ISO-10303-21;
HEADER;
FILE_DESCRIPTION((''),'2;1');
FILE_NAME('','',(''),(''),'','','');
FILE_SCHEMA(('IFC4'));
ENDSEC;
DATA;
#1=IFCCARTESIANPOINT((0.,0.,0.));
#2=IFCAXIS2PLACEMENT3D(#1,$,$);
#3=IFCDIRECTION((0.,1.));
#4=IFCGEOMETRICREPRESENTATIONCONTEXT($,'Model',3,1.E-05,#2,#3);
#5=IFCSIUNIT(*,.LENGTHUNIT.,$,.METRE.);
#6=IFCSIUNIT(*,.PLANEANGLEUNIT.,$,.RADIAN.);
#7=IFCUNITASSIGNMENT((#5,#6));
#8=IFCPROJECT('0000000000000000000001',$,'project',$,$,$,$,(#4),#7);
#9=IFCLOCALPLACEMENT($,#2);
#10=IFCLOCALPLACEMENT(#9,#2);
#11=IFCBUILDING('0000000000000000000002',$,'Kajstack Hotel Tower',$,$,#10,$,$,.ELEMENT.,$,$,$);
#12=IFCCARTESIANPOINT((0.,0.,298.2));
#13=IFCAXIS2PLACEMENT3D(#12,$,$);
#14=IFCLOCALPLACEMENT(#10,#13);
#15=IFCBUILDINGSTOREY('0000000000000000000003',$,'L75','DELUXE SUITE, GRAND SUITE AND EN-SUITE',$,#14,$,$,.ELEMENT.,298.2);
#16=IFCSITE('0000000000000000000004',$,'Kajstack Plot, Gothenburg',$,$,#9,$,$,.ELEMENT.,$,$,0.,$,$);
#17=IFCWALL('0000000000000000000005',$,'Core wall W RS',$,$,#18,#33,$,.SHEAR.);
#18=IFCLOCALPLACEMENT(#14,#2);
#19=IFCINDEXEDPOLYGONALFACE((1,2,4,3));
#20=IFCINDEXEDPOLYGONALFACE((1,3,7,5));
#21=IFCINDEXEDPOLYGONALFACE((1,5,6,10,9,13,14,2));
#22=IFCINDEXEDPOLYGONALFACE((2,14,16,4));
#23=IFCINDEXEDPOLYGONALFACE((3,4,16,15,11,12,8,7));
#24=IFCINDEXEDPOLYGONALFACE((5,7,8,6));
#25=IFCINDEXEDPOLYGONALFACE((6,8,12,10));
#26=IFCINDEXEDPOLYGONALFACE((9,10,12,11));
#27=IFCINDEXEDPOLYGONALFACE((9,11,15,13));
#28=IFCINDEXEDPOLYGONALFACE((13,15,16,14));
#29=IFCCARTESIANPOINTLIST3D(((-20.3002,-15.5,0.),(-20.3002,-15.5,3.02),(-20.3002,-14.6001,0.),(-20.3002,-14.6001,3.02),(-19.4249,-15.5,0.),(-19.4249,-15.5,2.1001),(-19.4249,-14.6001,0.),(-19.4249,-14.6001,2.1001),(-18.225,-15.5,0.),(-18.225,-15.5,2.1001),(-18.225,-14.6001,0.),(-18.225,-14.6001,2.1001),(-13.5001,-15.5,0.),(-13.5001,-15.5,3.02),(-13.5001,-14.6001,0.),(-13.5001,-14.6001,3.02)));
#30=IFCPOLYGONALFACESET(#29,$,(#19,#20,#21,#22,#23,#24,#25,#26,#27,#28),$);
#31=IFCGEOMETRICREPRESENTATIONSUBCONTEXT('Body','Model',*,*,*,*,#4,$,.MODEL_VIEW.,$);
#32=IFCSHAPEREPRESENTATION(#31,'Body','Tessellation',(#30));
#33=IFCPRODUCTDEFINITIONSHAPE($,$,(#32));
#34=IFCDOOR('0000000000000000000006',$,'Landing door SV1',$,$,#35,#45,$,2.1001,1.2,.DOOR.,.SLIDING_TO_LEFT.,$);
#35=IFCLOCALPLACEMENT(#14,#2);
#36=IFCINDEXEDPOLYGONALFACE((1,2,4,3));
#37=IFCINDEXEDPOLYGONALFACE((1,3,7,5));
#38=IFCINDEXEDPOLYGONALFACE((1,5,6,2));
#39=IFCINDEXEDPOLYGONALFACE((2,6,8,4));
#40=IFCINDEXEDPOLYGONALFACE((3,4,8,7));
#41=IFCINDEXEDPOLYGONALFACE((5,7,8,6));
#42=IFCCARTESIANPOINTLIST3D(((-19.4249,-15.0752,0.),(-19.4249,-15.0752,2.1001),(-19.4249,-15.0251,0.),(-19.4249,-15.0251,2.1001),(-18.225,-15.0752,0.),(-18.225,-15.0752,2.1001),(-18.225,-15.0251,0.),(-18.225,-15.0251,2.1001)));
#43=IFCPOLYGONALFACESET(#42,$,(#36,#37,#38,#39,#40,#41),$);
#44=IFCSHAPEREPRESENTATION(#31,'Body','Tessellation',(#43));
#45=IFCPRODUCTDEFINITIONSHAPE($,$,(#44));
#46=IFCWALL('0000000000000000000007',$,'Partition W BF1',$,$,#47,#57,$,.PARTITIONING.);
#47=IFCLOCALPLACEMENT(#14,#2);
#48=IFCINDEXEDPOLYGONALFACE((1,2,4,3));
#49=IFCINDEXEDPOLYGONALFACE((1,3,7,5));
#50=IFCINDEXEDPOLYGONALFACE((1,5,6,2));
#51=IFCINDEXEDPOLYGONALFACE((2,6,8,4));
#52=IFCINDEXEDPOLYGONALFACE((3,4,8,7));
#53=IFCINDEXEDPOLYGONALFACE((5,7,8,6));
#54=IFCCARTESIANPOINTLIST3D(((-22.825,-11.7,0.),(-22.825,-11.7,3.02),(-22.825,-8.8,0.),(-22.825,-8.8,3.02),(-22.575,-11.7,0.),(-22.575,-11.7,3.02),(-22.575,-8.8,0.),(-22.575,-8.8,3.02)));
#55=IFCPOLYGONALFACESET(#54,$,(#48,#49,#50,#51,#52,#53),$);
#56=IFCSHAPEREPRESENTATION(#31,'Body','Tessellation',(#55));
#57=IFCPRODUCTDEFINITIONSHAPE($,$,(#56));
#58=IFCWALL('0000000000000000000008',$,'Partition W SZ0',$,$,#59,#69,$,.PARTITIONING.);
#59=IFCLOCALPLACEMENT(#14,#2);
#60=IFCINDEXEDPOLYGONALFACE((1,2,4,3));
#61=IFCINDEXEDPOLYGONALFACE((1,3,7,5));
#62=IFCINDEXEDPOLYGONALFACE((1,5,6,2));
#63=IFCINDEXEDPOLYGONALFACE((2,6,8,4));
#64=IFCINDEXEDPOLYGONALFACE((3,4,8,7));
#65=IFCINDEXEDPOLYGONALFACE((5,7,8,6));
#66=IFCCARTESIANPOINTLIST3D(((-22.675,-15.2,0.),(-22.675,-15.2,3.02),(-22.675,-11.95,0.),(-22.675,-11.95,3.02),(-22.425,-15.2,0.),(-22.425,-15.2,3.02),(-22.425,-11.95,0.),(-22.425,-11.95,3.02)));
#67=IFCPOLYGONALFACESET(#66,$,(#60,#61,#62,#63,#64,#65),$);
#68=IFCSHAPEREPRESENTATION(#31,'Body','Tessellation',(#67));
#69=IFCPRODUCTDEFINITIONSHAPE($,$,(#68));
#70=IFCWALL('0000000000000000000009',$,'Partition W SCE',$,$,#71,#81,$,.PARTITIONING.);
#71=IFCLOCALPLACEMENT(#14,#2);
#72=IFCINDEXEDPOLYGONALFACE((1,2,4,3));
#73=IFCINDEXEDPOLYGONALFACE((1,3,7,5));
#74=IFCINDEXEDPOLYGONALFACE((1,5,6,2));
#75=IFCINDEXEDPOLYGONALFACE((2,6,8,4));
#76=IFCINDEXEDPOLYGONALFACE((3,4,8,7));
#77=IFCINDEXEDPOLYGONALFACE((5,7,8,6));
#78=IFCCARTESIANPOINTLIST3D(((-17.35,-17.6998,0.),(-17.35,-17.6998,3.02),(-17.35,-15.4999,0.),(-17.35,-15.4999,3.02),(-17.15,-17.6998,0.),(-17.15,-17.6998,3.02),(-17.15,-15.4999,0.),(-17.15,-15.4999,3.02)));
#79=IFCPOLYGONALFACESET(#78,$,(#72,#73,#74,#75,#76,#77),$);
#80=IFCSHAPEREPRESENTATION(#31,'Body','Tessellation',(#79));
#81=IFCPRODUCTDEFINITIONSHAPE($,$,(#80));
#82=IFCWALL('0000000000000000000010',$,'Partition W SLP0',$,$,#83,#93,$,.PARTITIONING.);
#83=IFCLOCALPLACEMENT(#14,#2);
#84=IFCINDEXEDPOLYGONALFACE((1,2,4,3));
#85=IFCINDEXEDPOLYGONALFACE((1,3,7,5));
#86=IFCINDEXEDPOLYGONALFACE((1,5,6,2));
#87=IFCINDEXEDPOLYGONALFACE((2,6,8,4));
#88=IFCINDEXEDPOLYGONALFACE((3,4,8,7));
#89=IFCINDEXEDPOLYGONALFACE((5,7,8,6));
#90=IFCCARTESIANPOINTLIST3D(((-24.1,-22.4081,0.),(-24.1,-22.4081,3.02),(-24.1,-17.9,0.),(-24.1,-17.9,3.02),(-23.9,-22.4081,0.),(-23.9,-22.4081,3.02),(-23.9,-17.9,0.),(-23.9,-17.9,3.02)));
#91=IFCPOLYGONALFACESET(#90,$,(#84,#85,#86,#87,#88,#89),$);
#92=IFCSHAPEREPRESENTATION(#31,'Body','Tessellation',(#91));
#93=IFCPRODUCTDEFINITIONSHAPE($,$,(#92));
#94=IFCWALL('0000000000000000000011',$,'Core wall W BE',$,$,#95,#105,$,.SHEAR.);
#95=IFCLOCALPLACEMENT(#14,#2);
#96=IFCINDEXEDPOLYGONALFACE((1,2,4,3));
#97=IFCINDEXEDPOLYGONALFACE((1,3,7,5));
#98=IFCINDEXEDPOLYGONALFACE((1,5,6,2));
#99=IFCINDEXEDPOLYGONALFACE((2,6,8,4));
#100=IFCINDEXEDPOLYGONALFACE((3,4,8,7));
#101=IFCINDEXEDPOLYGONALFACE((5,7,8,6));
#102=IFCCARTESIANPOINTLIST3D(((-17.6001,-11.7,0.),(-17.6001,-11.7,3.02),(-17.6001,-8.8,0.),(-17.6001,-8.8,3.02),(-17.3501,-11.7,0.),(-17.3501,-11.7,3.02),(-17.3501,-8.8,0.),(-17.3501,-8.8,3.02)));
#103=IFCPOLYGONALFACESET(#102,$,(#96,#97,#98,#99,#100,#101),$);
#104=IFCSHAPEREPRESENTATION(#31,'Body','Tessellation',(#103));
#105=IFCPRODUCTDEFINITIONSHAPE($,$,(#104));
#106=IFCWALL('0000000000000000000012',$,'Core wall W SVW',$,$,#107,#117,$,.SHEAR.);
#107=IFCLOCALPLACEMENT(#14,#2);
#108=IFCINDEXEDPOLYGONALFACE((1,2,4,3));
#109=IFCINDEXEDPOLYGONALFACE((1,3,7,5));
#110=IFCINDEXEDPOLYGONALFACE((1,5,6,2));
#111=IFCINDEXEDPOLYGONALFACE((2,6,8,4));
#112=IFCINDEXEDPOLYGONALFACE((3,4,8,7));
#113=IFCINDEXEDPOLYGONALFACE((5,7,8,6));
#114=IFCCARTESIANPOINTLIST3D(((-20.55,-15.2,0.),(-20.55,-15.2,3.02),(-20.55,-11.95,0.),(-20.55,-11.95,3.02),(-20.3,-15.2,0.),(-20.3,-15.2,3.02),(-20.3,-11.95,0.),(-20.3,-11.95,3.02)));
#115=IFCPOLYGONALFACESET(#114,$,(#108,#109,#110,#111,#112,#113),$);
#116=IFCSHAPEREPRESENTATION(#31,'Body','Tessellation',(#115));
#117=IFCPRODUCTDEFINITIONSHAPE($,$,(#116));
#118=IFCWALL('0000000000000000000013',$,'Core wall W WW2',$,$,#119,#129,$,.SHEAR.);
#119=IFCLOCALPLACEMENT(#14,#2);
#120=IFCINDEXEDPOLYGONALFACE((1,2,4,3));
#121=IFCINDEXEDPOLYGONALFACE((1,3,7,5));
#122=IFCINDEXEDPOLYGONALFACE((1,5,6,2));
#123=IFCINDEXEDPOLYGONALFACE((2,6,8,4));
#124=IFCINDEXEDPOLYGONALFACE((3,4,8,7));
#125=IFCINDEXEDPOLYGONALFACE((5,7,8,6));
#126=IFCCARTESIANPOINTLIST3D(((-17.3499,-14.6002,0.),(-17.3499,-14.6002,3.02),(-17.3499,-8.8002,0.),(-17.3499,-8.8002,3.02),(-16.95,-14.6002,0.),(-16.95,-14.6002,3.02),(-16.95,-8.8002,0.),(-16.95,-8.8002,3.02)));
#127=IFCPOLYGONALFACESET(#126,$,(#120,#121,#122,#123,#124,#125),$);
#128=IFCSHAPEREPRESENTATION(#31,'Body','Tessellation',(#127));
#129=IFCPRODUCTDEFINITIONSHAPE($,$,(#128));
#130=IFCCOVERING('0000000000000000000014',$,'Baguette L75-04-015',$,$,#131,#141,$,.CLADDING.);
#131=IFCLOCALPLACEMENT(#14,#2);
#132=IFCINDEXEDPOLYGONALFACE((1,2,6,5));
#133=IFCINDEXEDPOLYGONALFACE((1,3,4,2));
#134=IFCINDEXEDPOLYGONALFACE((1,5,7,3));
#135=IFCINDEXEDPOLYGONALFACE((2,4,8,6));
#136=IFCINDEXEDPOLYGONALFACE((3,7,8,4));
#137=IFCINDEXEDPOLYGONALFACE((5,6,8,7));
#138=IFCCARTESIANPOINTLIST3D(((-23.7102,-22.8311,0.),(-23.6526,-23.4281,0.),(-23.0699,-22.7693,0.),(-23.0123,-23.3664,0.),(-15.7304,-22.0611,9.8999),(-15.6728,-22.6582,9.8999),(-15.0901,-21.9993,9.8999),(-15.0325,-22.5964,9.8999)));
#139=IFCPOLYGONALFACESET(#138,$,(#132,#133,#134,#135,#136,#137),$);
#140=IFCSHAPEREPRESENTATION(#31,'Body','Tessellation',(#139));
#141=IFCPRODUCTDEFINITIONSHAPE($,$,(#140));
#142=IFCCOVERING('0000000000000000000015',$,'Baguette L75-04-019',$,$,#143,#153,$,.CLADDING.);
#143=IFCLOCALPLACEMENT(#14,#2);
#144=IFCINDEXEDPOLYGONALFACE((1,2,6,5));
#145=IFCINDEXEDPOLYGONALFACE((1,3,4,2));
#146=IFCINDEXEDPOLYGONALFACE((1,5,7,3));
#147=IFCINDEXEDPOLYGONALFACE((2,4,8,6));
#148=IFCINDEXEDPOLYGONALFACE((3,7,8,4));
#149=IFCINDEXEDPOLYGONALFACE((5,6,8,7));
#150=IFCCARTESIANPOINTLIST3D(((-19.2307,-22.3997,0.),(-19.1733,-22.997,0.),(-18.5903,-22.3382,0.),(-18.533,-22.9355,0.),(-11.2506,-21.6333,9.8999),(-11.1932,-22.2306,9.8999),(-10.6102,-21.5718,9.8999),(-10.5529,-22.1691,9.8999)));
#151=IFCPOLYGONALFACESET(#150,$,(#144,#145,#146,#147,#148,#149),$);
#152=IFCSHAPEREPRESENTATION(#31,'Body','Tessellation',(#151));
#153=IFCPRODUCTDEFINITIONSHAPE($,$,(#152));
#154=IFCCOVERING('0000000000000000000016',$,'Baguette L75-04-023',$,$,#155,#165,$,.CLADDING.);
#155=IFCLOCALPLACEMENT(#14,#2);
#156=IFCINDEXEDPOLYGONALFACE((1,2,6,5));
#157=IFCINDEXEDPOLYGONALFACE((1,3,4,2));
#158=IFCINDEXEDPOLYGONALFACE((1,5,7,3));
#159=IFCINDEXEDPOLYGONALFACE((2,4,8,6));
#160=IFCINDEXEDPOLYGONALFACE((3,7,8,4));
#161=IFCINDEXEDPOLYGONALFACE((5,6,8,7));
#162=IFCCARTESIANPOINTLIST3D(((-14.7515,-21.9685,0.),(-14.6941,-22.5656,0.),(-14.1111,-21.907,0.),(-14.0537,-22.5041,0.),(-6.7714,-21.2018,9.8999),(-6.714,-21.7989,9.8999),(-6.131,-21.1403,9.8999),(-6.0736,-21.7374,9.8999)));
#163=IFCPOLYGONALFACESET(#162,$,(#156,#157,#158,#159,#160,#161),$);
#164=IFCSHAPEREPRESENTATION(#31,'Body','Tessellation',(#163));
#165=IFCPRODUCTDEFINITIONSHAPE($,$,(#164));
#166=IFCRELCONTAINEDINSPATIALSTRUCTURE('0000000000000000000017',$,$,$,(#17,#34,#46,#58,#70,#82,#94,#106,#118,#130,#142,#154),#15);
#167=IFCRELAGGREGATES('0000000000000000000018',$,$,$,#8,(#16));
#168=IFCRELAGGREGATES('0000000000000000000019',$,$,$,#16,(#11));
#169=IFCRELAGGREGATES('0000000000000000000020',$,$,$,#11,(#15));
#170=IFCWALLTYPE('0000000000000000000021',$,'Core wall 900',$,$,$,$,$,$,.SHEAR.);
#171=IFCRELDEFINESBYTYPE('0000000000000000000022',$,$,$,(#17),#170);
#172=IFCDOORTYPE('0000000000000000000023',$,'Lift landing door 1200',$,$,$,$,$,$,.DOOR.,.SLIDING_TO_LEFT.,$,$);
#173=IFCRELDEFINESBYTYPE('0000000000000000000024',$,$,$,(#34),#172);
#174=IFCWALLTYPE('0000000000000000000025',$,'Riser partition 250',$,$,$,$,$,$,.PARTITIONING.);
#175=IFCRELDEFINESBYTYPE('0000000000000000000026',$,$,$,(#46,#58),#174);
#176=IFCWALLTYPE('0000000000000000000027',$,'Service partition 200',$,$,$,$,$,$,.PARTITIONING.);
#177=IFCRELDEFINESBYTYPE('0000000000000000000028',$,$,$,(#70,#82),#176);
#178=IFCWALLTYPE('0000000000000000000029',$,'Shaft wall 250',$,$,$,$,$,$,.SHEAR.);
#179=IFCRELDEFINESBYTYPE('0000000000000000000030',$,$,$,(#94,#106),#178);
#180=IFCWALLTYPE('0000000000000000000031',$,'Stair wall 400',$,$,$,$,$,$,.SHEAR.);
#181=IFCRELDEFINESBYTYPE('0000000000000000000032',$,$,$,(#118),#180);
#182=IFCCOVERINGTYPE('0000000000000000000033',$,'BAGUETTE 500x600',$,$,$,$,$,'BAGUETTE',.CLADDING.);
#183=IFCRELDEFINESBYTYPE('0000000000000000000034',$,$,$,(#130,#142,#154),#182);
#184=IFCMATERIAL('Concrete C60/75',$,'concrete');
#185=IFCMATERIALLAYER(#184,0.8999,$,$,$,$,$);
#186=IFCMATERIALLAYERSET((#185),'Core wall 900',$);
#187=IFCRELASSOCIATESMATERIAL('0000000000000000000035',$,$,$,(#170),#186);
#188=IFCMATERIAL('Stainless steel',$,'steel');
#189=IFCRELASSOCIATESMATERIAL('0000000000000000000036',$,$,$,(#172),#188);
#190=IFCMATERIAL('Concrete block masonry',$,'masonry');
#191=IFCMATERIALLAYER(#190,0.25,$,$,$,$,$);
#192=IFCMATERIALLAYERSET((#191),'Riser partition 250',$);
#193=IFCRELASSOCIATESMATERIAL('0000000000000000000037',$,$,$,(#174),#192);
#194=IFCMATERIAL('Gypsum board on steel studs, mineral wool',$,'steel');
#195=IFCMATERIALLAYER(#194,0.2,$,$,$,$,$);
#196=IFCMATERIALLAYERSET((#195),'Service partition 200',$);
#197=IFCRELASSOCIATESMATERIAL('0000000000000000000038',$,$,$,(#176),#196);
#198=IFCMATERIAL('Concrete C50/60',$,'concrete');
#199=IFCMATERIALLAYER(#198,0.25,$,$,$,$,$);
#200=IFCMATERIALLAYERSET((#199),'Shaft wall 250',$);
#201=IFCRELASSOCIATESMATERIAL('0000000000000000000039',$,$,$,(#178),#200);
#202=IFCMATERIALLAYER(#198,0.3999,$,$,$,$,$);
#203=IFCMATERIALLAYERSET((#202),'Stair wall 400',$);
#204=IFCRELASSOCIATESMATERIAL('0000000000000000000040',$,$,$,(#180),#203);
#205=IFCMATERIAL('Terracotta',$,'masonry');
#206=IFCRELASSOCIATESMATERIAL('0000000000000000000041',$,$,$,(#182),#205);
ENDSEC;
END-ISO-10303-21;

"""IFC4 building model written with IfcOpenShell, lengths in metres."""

from ifc_helpers import new_model, si_unit, direction, frame, frame_2d, origin, origin_2d, place, context, subcontext, project, spatial, polyline, rectangle, outline, extrude, material, layer, layer_set, material_profile, profile_set, type_object, element, fill, save


model = new_model("IFC4")

# Units and contexts
model_context = context("Model", 3, precision=1e-05, world=origin(), true_north=direction((0.0, 1.0)))
body_context = subcontext(model_context, "Body", "Model", "MODEL_VIEW")
ifc_project = project(units=[si_unit("LENGTHUNIT", "METRE"), si_unit("PLANEANGLEUNIT", "RADIAN")], contexts=[model_context])

# Site, building, storey
site_placement = place(None, origin())
site = spatial("IfcSite", under=ifc_project, at=site_placement, Name="Kajstack Plot, Gothenburg", CompositionType="ELEMENT", RefElevation=0.0)
building_placement = place(site_placement, origin())
building = spatial("IfcBuilding", under=site, at=building_placement, Name="Kajstack Hotel Tower", CompositionType="ELEMENT")
storey_placement = place(building_placement, frame((0.0, 0.0, 298.2)))
storey = spatial("IfcBuildingStorey", under=building, at=storey_placement, Name="L75", Description="DELUXE SUITE, GRAND SUITE AND EN-SUITE", CompositionType="ELEMENT", Elevation=298.2)

# Wall, opening, door
ifc_material_1 = material(Name="Concrete C60/75", Category="concrete")
ifc_layer_1 = layer(ifc_material_1, 0.8999)
ifc_layer_set_1 = layer_set([ifc_layer_1], Name="Core wall 900")
wall_type_1 = type_object("IfcWallType", Name="Core wall 900", PredefinedType="SHEAR", material=ifc_layer_set_1)
wall_1_placement = place(storey_placement, frame((-20.3, -15.05, 0.0), z_axis=(0.0, 0.0, 1.0), x_axis=(1.0, 0.0, 0.0)))
wall_1 = element("IfcWall", 1, at=wall_1_placement, inside=storey, type_object=wall_type_1, Name="Core wall W RS", PredefinedType="SHEAR", context=body_context, shape_type="SweptSolid", body=[
    extrude(rectangle(XDim=6.8, YDim=0.8999, at=frame_2d((3.3999, 0.0))), origin(), (0.0, 0.0, 1.0), 3.02),
])
opening_placement = place(wall_1_placement, frame((0.875, 0.0, 0.0)))
opening = element("IfcOpeningElement", 2, at=opening_placement, cuts=wall_1, PredefinedType="OPENING", context=body_context, shape_type="SweptSolid", body=[
    extrude(rectangle(XDim=1.2, YDim=2.1001, at=frame_2d((0.6001, 1.05))), frame((0.0, 0.46, 0.0), z_axis=(0.0, -1.0, 0.0), x_axis=(1.0, 0.0, 0.0)), (0.0, 0.0, 1.0), 0.9199),
])
ifc_material_2 = material(Name="Stainless steel", Category="steel")
door_type = type_object("IfcDoorType", Name="Lift landing door 1200", OperationType="SLIDING_TO_LEFT", PredefinedType="DOOR", material=ifc_material_2)
door_placement = place(opening_placement, origin())
door = element("IfcDoor", 3, at=door_placement, inside=storey, type_object=door_type, Name="Landing door SV1", OperationType="SLIDING_TO_LEFT", OverallHeight=2.1001, OverallWidth=1.2, PredefinedType="DOOR", context=body_context, shape_type="SweptSolid", body=[
    extrude(rectangle(XDim=1.2, YDim=2.1001, at=frame_2d((0.6001, 1.05))), frame((0.0, 0.0249, 0.0), z_axis=(0.0, -1.0, 0.0), x_axis=(1.0, 0.0, 0.0)), (0.0, 0.0, 1.0), 0.05),
])
fill(opening, door)

# Walls
ifc_material_3 = material(Name="Concrete block masonry", Category="masonry")
ifc_layer_2 = layer(ifc_material_3, 0.25)
ifc_layer_set_2 = layer_set([ifc_layer_2], Name="Riser partition 250")
wall_type_2 = type_object("IfcWallType", Name="Riser partition 250", PredefinedType="PARTITIONING", material=ifc_layer_set_2)
wall_2_placement = place(storey_placement, frame((-22.7, -11.7, 0.0), z_axis=(0.0, 0.0, 1.0), x_axis=(0.0, 1.0, 0.0)))
element("IfcWall", 4, at=wall_2_placement, inside=storey, type_object=wall_type_2, Name="Partition W BF1", PredefinedType="PARTITIONING", context=body_context, shape_type="SweptSolid", body=[
    extrude(rectangle(XDim=2.8999, YDim=0.25, at=frame_2d((1.45, 0.0))), origin(), (0.0, 0.0, 1.0), 3.02),
])
wall_3_placement = place(storey_placement, frame((-22.55, -15.2, 0.0), z_axis=(0.0, 0.0, 1.0), x_axis=(0.0, 1.0, 0.0)))
element("IfcWall", 5, at=wall_3_placement, inside=storey, type_object=wall_type_2, Name="Partition W SZ0", PredefinedType="PARTITIONING", context=body_context, shape_type="SweptSolid", body=[
    extrude(rectangle(XDim=3.25, YDim=0.25, at=frame_2d((1.625, 0.0))), origin(), (0.0, 0.0, 1.0), 3.02),
])
ifc_material_4 = material(Name="Gypsum board on steel studs, mineral wool", Category="steel")
ifc_layer_3 = layer(ifc_material_4, 0.2)
ifc_layer_set_3 = layer_set([ifc_layer_3], Name="Service partition 200")
wall_type_3 = type_object("IfcWallType", Name="Service partition 200", PredefinedType="PARTITIONING", material=ifc_layer_set_3)
wall_4_placement = place(storey_placement, frame((-17.25, -17.7, 0.0), z_axis=(0.0, 0.0, 1.0), x_axis=(0.0, 1.0, 0.0)))
element("IfcWall", 6, at=wall_4_placement, inside=storey, type_object=wall_type_3, Name="Partition W SCE", PredefinedType="PARTITIONING", context=body_context, shape_type="SweptSolid", body=[
    extrude(rectangle(XDim=2.2, YDim=0.2, at=frame_2d((1.1001, 0.0))), origin(), (0.0, 0.0, 1.0), 3.02),
])
wall_5_placement = place(storey_placement, frame((-24.0, -22.408, 0.0), z_axis=(0.0, 0.0, 1.0), x_axis=(0.0, 1.0, 0.0)))
element("IfcWall", 7, at=wall_5_placement, inside=storey, type_object=wall_type_3, Name="Partition W SLP0", PredefinedType="PARTITIONING", context=body_context, shape_type="SweptSolid", body=[
    extrude(rectangle(XDim=4.5081, YDim=0.2, at=frame_2d((2.2539, 0.0))), origin(), (0.0, 0.0, 1.0), 3.02),
])
ifc_material_5 = material(Name="Concrete C50/60", Category="concrete")
ifc_layer_4 = layer(ifc_material_5, 0.25)
ifc_layer_set_4 = layer_set([ifc_layer_4], Name="Shaft wall 250")
wall_type_4 = type_object("IfcWallType", Name="Shaft wall 250", PredefinedType="SHEAR", material=ifc_layer_set_4)
wall_6_placement = place(storey_placement, frame((-17.4751, -11.7, 0.0), z_axis=(0.0, 0.0, 1.0), x_axis=(0.0, 1.0, 0.0)))
element("IfcWall", 8, at=wall_6_placement, inside=storey, type_object=wall_type_4, Name="Core wall W BE", PredefinedType="SHEAR", context=body_context, shape_type="SweptSolid", body=[
    extrude(rectangle(XDim=2.8999, YDim=0.25, at=frame_2d((1.45, 0.0))), origin(), (0.0, 0.0, 1.0), 3.02),
])
wall_7_placement = place(storey_placement, frame((-20.425, -15.2, 0.0), z_axis=(0.0, 0.0, 1.0), x_axis=(0.0, 1.0, 0.0)))
element("IfcWall", 9, at=wall_7_placement, inside=storey, type_object=wall_type_4, Name="Core wall W SVW", PredefinedType="SHEAR", context=body_context, shape_type="SweptSolid", body=[
    extrude(rectangle(XDim=3.25, YDim=0.25, at=frame_2d((1.625, 0.0))), origin(), (0.0, 0.0, 1.0), 3.02),
])
ifc_layer_5 = layer(ifc_material_5, 0.3999)
ifc_layer_set_5 = layer_set([ifc_layer_5], Name="Stair wall 400")
wall_type_5 = type_object("IfcWallType", Name="Stair wall 400", PredefinedType="SHEAR", material=ifc_layer_set_5)
wall_8_placement = place(storey_placement, frame((-17.1499, -14.6001, 0.0), z_axis=(0.0, 0.0, 1.0), x_axis=(0.0, 1.0, 0.0)))
element("IfcWall", 10, at=wall_8_placement, inside=storey, type_object=wall_type_5, Name="Core wall W WW2", PredefinedType="SHEAR", context=body_context, shape_type="SweptSolid", body=[
    extrude(rectangle(XDim=5.8, YDim=0.3999, at=frame_2d((2.8999, 0.0))), origin(), (0.0, 0.0, 1.0), 3.02),
])

# Coverings
ifc_material_6 = material(Name="Terracotta", Category="masonry")
ifc_material_profile = material_profile(ifc_material_6, rectangle(XDim=0.6001, YDim=0.5, at=origin_2d()), Name="Terracotta-clad concrete baguette 500 x 600")
ifc_profile_set = profile_set([ifc_material_profile], Name="Terracotta")
covering_type = type_object("IfcCoveringType", Name="BAGUETTE 500x600", ElementType="BAGUETTE", PredefinedType="CLADDING", material=ifc_profile_set)
covering_1_placement = place(storey_placement, frame((-23.7102, -22.8311, 0.0), z_axis=(0.096038, -0.995378, 0.0), x_axis=(0.995378, 0.096038, 0.0)))
element("IfcCovering", 11, at=covering_1_placement, inside=storey, type_object=covering_type, Name="Baguette L75-04-015", PredefinedType="CLADDING", context=body_context, shape_type="SweptSolid", body=[
    extrude(outline(polyline([(8.0168, 9.8999), (0.0, 0.0), (0.6433, 0.0), (8.6602, 9.8999), (8.0168, 9.8999)])), origin(), (0.0, 0.0, 1.0), 0.5999),
])
covering_2_placement = place(storey_placement, frame((-19.2307, -22.3997, 0.0), z_axis=(0.095596, -0.99542, 0.0), x_axis=(0.99542, 0.095596, 0.0)))
element("IfcCovering", 12, at=covering_2_placement, inside=storey, type_object=covering_type, Name="Baguette L75-04-019", PredefinedType="CLADDING", context=body_context, shape_type="SweptSolid", body=[
    extrude(outline(polyline([(8.0168, 9.8999), (0.0, 0.0), (0.6433, 0.0), (8.6602, 9.8999), (8.0168, 9.8999)])), origin(), (0.0, 0.0, 1.0), 0.6001),
])
covering_3_placement = place(storey_placement, frame((-14.7515, -21.9685, 0.0), z_axis=(0.095635, -0.995416, 0.0), x_axis=(0.995416, 0.095635, 0.0)))
element("IfcCovering", 13, at=covering_3_placement, inside=storey, type_object=covering_type, Name="Baguette L75-04-023", PredefinedType="CLADDING", context=body_context, shape_type="SweptSolid", body=[
    extrude(outline(polyline([(8.0168, 9.8999), (0.0, 0.0), (0.6433, 0.0), (8.6602, 9.8999), (8.0168, 9.8999)])), origin(), (0.0, 0.0, 1.0), 0.5999),
])

save(model, "model.ifc")
